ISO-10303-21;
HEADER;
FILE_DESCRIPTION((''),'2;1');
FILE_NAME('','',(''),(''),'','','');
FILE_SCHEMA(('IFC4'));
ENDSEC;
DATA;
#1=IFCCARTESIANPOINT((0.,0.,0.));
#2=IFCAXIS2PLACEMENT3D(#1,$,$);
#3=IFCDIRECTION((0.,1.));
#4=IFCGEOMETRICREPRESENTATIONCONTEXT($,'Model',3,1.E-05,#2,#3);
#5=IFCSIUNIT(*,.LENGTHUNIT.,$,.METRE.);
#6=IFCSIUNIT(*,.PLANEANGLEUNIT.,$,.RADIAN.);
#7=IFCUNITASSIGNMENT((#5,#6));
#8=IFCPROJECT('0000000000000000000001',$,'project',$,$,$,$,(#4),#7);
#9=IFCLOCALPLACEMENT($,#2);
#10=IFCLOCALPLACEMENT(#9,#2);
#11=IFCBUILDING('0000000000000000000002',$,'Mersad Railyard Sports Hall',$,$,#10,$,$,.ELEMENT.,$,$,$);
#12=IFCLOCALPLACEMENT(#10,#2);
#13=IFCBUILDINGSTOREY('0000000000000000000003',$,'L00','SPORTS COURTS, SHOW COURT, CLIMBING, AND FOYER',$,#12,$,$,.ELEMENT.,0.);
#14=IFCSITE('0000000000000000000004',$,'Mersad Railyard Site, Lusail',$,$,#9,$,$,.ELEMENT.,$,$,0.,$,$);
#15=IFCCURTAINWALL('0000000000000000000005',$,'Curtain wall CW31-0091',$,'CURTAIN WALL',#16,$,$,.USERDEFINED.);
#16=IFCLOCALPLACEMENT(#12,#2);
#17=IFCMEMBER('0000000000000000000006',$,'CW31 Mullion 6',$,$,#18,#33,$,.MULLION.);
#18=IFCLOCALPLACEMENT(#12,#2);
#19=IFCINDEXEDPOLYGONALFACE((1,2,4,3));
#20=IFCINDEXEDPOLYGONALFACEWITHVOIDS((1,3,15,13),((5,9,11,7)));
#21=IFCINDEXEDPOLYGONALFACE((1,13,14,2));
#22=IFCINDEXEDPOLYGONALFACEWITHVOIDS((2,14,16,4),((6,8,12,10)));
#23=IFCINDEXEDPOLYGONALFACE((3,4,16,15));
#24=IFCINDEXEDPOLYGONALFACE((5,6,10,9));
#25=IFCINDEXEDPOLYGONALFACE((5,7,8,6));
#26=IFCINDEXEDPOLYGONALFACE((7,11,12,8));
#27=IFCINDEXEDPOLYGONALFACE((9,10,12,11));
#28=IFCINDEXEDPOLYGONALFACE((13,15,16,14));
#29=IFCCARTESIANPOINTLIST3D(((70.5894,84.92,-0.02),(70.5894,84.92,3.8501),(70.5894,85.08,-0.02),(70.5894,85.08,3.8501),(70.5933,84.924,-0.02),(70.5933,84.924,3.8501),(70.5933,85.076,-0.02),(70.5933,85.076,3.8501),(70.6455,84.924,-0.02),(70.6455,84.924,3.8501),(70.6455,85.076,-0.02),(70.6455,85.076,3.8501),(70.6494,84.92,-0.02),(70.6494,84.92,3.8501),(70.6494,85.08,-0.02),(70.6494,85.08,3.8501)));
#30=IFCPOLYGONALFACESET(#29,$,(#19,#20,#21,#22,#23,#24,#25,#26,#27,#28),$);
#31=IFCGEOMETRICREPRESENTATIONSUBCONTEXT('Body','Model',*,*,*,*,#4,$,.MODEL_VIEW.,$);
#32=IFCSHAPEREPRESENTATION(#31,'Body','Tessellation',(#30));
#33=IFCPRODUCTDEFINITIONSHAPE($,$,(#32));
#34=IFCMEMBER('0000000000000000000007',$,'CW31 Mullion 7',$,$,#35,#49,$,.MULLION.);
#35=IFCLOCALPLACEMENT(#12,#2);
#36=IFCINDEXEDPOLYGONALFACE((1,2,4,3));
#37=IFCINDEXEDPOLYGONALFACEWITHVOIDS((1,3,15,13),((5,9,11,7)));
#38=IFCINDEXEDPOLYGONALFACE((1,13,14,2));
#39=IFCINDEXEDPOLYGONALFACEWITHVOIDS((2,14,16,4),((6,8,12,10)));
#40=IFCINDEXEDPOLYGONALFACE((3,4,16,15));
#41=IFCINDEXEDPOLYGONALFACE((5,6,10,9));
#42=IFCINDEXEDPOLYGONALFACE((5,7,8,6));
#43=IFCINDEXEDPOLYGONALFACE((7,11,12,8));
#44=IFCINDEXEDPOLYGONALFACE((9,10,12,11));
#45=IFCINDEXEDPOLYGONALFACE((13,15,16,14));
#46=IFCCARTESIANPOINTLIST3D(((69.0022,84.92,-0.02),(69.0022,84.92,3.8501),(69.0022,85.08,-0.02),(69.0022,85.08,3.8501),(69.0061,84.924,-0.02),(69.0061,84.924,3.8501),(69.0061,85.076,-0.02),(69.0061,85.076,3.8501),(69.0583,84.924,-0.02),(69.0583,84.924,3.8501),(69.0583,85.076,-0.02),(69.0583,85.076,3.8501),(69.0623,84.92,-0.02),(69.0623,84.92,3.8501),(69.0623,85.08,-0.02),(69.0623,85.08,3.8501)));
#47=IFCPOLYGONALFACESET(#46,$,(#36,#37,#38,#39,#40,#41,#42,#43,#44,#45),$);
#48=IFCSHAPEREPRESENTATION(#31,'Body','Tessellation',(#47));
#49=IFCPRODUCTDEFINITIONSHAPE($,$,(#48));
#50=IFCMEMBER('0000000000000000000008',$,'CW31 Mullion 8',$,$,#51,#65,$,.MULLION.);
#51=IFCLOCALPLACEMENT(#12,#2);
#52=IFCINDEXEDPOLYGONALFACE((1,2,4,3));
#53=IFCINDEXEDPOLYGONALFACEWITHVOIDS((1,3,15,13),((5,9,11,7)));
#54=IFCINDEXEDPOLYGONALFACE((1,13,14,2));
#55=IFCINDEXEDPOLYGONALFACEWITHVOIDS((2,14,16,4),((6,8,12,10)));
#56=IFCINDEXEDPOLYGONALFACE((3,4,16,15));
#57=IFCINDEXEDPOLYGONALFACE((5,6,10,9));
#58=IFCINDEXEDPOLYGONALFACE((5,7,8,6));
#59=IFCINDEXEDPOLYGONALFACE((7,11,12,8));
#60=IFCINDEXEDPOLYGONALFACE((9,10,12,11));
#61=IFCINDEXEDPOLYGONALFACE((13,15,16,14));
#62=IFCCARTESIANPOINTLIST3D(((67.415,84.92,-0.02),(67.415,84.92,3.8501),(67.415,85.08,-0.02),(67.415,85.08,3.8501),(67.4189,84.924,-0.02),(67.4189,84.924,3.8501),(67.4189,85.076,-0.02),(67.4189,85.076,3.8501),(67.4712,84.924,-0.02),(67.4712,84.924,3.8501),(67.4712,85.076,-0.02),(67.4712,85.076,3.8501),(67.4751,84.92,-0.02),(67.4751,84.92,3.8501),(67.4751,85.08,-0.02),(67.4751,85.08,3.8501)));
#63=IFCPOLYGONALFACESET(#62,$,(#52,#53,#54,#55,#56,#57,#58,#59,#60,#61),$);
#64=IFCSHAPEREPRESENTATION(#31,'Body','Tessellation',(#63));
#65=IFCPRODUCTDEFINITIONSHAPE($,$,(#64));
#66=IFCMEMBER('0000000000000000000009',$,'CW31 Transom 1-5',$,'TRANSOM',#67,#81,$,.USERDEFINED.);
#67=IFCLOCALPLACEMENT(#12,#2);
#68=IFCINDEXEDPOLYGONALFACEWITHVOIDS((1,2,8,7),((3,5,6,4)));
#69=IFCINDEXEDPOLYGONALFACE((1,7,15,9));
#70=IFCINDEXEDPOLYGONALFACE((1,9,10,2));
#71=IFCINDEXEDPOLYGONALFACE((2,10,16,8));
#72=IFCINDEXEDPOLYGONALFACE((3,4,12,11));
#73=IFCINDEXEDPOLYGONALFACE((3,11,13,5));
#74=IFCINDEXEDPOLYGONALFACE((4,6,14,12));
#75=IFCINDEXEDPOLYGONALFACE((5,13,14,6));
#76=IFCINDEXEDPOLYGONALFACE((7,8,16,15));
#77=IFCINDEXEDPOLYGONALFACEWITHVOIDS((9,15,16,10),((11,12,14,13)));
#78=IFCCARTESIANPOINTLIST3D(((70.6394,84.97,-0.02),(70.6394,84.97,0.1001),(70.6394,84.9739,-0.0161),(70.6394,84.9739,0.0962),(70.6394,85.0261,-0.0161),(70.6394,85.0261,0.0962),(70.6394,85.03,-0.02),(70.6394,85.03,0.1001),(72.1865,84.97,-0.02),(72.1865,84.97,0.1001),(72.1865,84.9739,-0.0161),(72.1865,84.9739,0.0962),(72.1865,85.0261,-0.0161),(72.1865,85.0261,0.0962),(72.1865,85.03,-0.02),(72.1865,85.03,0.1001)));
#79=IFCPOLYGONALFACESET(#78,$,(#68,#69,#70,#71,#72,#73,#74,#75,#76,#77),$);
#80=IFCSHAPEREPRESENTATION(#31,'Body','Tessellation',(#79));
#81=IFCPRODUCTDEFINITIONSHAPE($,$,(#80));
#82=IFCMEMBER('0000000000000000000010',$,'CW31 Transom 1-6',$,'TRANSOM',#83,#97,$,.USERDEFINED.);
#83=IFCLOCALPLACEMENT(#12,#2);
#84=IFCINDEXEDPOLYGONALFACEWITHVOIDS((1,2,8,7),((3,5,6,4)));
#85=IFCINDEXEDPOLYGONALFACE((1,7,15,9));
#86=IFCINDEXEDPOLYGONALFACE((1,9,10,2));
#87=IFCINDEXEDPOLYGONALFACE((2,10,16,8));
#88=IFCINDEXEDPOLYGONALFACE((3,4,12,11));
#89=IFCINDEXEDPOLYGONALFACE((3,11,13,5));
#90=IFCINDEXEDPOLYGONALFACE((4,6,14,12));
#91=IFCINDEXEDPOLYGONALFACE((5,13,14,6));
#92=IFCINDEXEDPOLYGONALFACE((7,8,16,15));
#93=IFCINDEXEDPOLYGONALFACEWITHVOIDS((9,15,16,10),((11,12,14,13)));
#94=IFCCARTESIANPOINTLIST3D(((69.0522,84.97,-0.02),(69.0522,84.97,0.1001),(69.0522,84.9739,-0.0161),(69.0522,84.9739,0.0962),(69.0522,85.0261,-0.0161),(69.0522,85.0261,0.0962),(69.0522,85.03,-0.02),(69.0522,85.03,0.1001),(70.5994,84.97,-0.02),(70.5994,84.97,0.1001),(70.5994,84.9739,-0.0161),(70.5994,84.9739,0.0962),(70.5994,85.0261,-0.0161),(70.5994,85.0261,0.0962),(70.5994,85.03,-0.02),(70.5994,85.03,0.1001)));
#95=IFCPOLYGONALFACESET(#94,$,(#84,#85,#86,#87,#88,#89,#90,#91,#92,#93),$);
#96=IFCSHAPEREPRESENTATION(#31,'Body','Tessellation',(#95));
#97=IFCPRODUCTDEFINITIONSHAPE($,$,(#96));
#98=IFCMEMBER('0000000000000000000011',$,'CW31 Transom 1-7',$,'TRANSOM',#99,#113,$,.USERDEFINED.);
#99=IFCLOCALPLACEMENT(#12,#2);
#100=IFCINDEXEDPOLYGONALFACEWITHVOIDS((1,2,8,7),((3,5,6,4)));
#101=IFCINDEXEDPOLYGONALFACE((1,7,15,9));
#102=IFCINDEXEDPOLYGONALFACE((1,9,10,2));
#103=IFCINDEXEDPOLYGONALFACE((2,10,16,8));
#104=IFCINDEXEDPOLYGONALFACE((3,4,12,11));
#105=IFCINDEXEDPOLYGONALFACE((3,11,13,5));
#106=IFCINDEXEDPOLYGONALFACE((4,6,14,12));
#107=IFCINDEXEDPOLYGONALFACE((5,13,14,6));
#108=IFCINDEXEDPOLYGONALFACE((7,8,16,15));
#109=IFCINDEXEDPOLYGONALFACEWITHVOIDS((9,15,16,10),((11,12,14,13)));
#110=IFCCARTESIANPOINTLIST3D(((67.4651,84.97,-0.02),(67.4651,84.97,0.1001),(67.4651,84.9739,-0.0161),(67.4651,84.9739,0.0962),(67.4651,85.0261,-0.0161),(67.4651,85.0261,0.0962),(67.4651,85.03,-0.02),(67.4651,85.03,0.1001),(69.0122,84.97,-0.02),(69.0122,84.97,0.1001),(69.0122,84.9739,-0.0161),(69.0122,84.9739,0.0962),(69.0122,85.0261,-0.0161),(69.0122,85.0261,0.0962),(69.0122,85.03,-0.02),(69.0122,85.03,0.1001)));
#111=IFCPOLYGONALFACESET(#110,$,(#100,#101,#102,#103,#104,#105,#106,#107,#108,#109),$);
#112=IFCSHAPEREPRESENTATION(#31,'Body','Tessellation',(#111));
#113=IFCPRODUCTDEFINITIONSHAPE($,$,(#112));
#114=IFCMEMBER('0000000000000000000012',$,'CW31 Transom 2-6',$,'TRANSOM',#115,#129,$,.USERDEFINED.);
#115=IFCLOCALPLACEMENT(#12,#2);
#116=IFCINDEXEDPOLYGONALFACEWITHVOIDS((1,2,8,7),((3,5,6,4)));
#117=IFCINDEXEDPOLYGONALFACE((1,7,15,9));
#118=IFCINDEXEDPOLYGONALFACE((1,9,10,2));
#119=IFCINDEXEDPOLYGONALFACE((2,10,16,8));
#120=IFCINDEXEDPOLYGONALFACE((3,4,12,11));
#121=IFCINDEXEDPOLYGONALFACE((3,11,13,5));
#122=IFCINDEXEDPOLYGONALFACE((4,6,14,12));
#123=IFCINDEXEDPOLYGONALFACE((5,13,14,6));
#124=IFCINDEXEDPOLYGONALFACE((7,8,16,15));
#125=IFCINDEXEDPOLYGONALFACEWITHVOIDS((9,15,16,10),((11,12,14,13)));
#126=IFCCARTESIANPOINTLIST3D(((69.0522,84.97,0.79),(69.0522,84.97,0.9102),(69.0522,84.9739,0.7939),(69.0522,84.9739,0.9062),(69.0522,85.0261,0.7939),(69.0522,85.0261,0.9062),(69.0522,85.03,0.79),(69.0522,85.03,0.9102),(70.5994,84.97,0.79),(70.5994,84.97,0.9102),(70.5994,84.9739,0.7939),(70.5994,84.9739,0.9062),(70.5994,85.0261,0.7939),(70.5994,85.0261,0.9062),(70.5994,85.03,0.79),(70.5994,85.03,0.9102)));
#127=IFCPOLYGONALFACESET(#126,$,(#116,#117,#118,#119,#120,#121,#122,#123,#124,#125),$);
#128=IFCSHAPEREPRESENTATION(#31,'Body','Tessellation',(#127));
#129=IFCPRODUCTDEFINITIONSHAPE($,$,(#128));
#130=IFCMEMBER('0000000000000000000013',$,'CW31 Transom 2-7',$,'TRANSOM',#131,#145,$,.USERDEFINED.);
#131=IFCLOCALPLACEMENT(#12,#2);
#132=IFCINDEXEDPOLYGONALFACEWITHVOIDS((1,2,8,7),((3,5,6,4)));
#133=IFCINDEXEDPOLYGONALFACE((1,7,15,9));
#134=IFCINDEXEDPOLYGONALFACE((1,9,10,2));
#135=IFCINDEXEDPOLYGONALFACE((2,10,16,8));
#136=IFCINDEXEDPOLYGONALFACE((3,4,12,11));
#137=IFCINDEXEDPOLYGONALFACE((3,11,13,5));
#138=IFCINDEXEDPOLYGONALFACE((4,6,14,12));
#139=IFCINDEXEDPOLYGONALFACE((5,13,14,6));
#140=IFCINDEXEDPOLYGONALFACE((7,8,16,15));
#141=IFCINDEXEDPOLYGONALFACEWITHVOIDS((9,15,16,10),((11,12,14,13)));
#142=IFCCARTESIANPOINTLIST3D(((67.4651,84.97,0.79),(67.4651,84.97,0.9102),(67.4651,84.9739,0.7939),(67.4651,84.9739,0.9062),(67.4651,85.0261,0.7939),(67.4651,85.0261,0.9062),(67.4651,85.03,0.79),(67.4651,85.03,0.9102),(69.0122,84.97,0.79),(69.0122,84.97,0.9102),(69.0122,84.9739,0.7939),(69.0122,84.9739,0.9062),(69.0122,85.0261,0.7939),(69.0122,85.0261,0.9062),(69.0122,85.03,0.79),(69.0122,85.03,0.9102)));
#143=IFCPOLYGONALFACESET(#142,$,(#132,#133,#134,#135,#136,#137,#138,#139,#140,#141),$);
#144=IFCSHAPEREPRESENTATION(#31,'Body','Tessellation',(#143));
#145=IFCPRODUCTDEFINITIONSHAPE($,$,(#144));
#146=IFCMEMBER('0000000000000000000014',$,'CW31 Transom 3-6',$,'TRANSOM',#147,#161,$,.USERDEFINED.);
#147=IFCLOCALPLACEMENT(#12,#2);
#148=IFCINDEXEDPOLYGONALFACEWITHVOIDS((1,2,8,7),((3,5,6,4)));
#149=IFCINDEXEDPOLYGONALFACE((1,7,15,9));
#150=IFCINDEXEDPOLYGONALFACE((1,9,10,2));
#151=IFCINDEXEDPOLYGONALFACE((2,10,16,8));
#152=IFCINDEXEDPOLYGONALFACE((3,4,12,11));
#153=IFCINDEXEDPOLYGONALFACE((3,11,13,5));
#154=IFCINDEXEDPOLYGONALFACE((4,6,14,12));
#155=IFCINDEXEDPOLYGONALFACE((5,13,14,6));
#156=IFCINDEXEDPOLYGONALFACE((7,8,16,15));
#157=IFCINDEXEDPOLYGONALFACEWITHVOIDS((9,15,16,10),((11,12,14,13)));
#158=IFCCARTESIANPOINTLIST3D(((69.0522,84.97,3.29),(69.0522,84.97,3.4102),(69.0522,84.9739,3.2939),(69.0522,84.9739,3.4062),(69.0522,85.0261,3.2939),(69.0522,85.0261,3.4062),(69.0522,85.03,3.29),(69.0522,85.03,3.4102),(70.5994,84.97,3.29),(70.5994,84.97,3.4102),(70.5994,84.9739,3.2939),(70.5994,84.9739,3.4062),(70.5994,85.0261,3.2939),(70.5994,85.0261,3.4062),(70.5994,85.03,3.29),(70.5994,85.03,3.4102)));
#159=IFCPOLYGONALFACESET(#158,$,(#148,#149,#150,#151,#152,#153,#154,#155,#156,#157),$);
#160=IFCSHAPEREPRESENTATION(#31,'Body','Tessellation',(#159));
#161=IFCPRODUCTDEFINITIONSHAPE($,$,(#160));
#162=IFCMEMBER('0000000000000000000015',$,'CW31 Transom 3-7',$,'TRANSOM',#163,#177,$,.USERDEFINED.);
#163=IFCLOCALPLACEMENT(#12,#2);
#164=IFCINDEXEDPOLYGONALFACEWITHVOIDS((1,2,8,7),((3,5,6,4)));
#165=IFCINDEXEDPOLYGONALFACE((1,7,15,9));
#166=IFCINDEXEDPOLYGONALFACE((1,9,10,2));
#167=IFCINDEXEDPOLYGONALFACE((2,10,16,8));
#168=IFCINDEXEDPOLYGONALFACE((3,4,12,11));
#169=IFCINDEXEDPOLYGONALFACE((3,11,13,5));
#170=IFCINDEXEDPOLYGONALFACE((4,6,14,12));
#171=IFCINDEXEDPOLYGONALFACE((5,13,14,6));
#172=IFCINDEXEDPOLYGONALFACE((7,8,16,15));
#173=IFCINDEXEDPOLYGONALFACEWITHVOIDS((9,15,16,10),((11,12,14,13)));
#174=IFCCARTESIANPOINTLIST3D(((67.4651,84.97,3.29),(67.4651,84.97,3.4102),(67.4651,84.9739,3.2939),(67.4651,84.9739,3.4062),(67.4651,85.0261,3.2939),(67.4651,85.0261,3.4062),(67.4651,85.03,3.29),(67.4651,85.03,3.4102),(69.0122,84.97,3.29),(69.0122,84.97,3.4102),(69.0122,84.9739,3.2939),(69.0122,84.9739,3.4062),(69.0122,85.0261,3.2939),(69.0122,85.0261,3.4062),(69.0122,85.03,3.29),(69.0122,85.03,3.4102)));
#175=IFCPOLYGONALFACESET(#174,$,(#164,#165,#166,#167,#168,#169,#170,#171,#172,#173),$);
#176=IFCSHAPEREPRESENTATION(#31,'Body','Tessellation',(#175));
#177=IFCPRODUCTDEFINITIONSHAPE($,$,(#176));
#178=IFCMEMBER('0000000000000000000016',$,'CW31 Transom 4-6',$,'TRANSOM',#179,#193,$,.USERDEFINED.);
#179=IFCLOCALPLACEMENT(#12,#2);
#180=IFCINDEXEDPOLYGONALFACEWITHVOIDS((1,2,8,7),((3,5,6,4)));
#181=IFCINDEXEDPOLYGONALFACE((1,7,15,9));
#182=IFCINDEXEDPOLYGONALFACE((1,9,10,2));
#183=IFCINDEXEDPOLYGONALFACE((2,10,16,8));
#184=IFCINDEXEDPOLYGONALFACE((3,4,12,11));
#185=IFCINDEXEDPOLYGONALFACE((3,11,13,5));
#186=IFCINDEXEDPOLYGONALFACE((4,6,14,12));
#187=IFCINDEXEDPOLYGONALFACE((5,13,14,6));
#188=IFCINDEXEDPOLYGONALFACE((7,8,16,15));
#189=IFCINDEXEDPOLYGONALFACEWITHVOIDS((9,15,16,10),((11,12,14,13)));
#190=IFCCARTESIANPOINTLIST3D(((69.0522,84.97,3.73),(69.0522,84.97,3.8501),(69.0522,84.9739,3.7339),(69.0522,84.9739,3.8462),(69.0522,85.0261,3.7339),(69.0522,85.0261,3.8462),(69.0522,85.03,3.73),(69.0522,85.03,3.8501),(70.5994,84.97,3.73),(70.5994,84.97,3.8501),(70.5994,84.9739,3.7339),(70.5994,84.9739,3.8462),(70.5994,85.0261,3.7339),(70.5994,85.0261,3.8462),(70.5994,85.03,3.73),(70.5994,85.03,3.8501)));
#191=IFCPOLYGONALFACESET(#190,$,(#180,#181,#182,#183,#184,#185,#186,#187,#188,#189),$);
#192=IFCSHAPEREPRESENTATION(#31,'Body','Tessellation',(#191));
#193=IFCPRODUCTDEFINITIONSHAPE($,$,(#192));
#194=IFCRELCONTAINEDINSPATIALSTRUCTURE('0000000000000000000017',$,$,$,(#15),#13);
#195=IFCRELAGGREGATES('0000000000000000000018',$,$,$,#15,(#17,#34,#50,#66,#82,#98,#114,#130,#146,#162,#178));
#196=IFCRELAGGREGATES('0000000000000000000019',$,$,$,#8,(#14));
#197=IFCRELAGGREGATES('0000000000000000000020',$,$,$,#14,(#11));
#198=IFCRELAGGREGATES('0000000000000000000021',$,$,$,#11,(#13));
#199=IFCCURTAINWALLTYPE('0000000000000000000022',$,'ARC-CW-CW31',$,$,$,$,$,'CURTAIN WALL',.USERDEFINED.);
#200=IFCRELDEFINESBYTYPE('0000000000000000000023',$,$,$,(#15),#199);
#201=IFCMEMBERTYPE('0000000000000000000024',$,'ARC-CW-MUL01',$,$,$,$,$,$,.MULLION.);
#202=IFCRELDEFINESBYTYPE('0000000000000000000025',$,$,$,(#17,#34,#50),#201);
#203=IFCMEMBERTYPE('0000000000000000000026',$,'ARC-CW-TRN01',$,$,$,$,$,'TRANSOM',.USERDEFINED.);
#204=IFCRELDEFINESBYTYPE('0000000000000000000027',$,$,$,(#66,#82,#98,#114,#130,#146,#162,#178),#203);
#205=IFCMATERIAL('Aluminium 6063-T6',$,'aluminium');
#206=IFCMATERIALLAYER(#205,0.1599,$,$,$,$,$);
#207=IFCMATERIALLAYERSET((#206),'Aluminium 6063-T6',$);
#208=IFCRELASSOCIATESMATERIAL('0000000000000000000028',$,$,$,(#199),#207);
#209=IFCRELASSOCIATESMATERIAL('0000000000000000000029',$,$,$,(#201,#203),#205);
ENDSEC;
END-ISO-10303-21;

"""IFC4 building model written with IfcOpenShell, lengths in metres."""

from ifc_helpers import new_model, si_unit, direction, frame, origin, origin_2d, place, context, subcontext, project, spatial, hollow_rectangle, extrude, material, layer, layer_set, material_profile, profile_set, type_object, element, aggregate, save


model = new_model("IFC4")

# Units and contexts
model_context = context("Model", 3, precision=1e-05, world=origin(), true_north=direction((0.0, 1.0)))
body_context = subcontext(model_context, "Body", "Model", "MODEL_VIEW")
ifc_project = project(units=[si_unit("LENGTHUNIT", "METRE"), si_unit("PLANEANGLEUNIT", "RADIAN")], contexts=[model_context])

# Site, building, storey
site_placement = place(None, origin())
site = spatial("IfcSite", under=ifc_project, at=site_placement, Name="Mersad Railyard Site, Lusail", CompositionType="ELEMENT", RefElevation=0.0)
building_placement = place(site_placement, origin())
building = spatial("IfcBuilding", under=site, at=building_placement, Name="Mersad Railyard Sports Hall", CompositionType="ELEMENT")
storey_placement = place(building_placement, origin())
storey = spatial("IfcBuildingStorey", under=building, at=storey_placement, Name="L00", Description="SPORTS COURTS, SHOW COURT, CLIMBING, AND FOYER", CompositionType="ELEMENT", Elevation=0.0)

# Curtain wall, members
ifc_material_1 = material(Name="Aluminium 6063-T6", Category="aluminium")
ifc_layer_1 = layer(ifc_material_1, 0.1599)
ifc_layer_set_1 = layer_set([ifc_layer_1], Name="Aluminium 6063-T6")
curtain_wall_type = type_object("IfcCurtainWallType", Name="ARC-CW-CW31", ElementType="CURTAIN WALL", PredefinedType="USERDEFINED", material=ifc_layer_set_1)
curtain_wall_placement = place(storey_placement, origin())
curtain_wall = element("IfcCurtainWall", 1, at=curtain_wall_placement, inside=storey, type_object=curtain_wall_type, Name="Curtain wall CW31-0091", ObjectType="CURTAIN WALL", PredefinedType="USERDEFINED")
ifc_material_profile_1 = material_profile(ifc_material_1, hollow_rectangle(XDim=0.0601, YDim=0.1599, WallThickness=0.0039, at=origin_2d()), Name="AL MULLION 60x160x4")
ifc_profile_set_1 = profile_set([ifc_material_profile_1], Name="Aluminium 6063-T6")
member_type_1 = type_object("IfcMemberType", Name="ARC-CW-MUL01", PredefinedType="MULLION", material=ifc_profile_set_1)
member_1_placement = place(storey_placement, frame((70.6194, 85.0, -0.02), z_axis=(0.0, 0.0, 1.0), x_axis=(1.0, 0.0, 0.0)))
member_1 = element("IfcMember", 2, at=member_1_placement, type_object=member_type_1, Name="CW31 Mullion 6", PredefinedType="MULLION", context=body_context, shape_type="SweptSolid", body=[
    extrude(hollow_rectangle(XDim=0.0601, YDim=0.1599, WallThickness=0.0039, at=origin_2d()), origin(), (0.0, 0.0, 1.0), 3.8701),
])
member_2_placement = place(storey_placement, frame((69.0322, 85.0, -0.02), z_axis=(0.0, 0.0, 1.0), x_axis=(1.0, 0.0, 0.0)))
member_2 = element("IfcMember", 3, at=member_2_placement, type_object=member_type_1, Name="CW31 Mullion 7", PredefinedType="MULLION", context=body_context, shape_type="SweptSolid", body=[
    extrude(hollow_rectangle(XDim=0.0601, YDim=0.1599, WallThickness=0.0039, at=origin_2d()), origin(), (0.0, 0.0, 1.0), 3.8701),
])
member_3_placement = place(storey_placement, frame((67.4451, 85.0, -0.02), z_axis=(0.0, 0.0, 1.0), x_axis=(1.0, 0.0, 0.0)))
member_3 = element("IfcMember", 4, at=member_3_placement, type_object=member_type_1, Name="CW31 Mullion 8", PredefinedType="MULLION", context=body_context, shape_type="SweptSolid", body=[
    extrude(hollow_rectangle(XDim=0.0601, YDim=0.1599, WallThickness=0.0039, at=origin_2d()), origin(), (0.0, 0.0, 1.0), 3.8701),
])
ifc_material_profile_2 = material_profile(ifc_material_1, hollow_rectangle(XDim=0.0601, YDim=0.1201, WallThickness=0.0039, at=origin_2d()), Name="AL TRANSOM 60x120x4")
ifc_profile_set_2 = profile_set([ifc_material_profile_2], Name="Aluminium 6063-T6")
member_type_2 = type_object("IfcMemberType", Name="ARC-CW-TRN01", ElementType="TRANSOM", PredefinedType="USERDEFINED", material=ifc_profile_set_2)
member_4_placement = place(storey_placement, frame((72.1865, 85.0, 0.04), z_axis=(-1.0, 0.0, 0.0), x_axis=(0.0, -1.0, 0.0)))
member_4 = element("IfcMember", 5, at=member_4_placement, type_object=member_type_2, Name="CW31 Transom 1-5", ObjectType="TRANSOM", PredefinedType="USERDEFINED", context=body_context, shape_type="SweptSolid", body=[
    extrude(hollow_rectangle(XDim=0.0601, YDim=0.1201, WallThickness=0.0039, at=origin_2d()), origin(), (0.0, 0.0, 1.0), 1.5471),
])
member_5_placement = place(storey_placement, frame((70.5994, 85.0, 0.04), z_axis=(-1.0, 0.0, 0.0), x_axis=(0.0, -1.0, 0.0)))
member_5 = element("IfcMember", 6, at=member_5_placement, type_object=member_type_2, Name="CW31 Transom 1-6", ObjectType="TRANSOM", PredefinedType="USERDEFINED", context=body_context, shape_type="SweptSolid", body=[
    extrude(hollow_rectangle(XDim=0.0601, YDim=0.1201, WallThickness=0.0039, at=origin_2d()), origin(), (0.0, 0.0, 1.0), 1.5471),
])
member_6_placement = place(storey_placement, frame((69.0122, 85.0, 0.04), z_axis=(-1.0, 0.0, 0.0), x_axis=(0.0, -1.0, 0.0)))
member_6 = element("IfcMember", 7, at=member_6_placement, type_object=member_type_2, Name="CW31 Transom 1-7", ObjectType="TRANSOM", PredefinedType="USERDEFINED", context=body_context, shape_type="SweptSolid", body=[
    extrude(hollow_rectangle(XDim=0.0601, YDim=0.1201, WallThickness=0.0039, at=origin_2d()), origin(), (0.0, 0.0, 1.0), 1.5471),
])
member_7_placement = place(storey_placement, frame((70.5994, 85.0, 0.8501), z_axis=(-1.0, 0.0, 0.0), x_axis=(0.0, -1.0, 0.0)))
member_7 = element("IfcMember", 8, at=member_7_placement, type_object=member_type_2, Name="CW31 Transom 2-6", ObjectType="TRANSOM", PredefinedType="USERDEFINED", context=body_context, shape_type="SweptSolid", body=[
    extrude(hollow_rectangle(XDim=0.0601, YDim=0.1201, WallThickness=0.0039, at=origin_2d()), origin(), (0.0, 0.0, 1.0), 1.5471),
])
member_8_placement = place(storey_placement, frame((69.0122, 85.0, 0.8501), z_axis=(-1.0, 0.0, 0.0), x_axis=(0.0, -1.0, 0.0)))
member_8 = element("IfcMember", 9, at=member_8_placement, type_object=member_type_2, Name="CW31 Transom 2-7", ObjectType="TRANSOM", PredefinedType="USERDEFINED", context=body_context, shape_type="SweptSolid", body=[
    extrude(hollow_rectangle(XDim=0.0601, YDim=0.1201, WallThickness=0.0039, at=origin_2d()), origin(), (0.0, 0.0, 1.0), 1.5471),
])
member_9_placement = place(storey_placement, frame((70.5994, 85.0, 3.3501), z_axis=(-1.0, 0.0, 0.0), x_axis=(0.0, -1.0, 0.0)))
member_9 = element("IfcMember", 10, at=member_9_placement, type_object=member_type_2, Name="CW31 Transom 3-6", ObjectType="TRANSOM", PredefinedType="USERDEFINED", context=body_context, shape_type="SweptSolid", body=[
    extrude(hollow_rectangle(XDim=0.0601, YDim=0.1201, WallThickness=0.0039, at=origin_2d()), origin(), (0.0, 0.0, 1.0), 1.5471),
])
member_10_placement = place(storey_placement, frame((69.0122, 85.0, 3.3501), z_axis=(-1.0, 0.0, 0.0), x_axis=(0.0, -1.0, 0.0)))
member_10 = element("IfcMember", 11, at=member_10_placement, type_object=member_type_2, Name="CW31 Transom 3-7", ObjectType="TRANSOM", PredefinedType="USERDEFINED", context=body_context, shape_type="SweptSolid", body=[
    extrude(hollow_rectangle(XDim=0.0601, YDim=0.1201, WallThickness=0.0039, at=origin_2d()), origin(), (0.0, 0.0, 1.0), 1.5471),
])
member_11_placement = place(storey_placement, frame((70.5994, 85.0, 3.79), z_axis=(-1.0, 0.0, 0.0), x_axis=(0.0, -1.0, 0.0)))
member_11 = element("IfcMember", 12, at=member_11_placement, type_object=member_type_2, Name="CW31 Transom 4-6", ObjectType="TRANSOM", PredefinedType="USERDEFINED", context=body_context, shape_type="SweptSolid", body=[
    extrude(hollow_rectangle(XDim=0.0601, YDim=0.1201, WallThickness=0.0039, at=origin_2d()), origin(), (0.0, 0.0, 1.0), 1.5471),
])

aggregate(curtain_wall, [member_1, member_2, member_3, member_4, member_5, member_6, member_7, member_8, member_9, member_10, member_11])

save(model, "model.ifc")
